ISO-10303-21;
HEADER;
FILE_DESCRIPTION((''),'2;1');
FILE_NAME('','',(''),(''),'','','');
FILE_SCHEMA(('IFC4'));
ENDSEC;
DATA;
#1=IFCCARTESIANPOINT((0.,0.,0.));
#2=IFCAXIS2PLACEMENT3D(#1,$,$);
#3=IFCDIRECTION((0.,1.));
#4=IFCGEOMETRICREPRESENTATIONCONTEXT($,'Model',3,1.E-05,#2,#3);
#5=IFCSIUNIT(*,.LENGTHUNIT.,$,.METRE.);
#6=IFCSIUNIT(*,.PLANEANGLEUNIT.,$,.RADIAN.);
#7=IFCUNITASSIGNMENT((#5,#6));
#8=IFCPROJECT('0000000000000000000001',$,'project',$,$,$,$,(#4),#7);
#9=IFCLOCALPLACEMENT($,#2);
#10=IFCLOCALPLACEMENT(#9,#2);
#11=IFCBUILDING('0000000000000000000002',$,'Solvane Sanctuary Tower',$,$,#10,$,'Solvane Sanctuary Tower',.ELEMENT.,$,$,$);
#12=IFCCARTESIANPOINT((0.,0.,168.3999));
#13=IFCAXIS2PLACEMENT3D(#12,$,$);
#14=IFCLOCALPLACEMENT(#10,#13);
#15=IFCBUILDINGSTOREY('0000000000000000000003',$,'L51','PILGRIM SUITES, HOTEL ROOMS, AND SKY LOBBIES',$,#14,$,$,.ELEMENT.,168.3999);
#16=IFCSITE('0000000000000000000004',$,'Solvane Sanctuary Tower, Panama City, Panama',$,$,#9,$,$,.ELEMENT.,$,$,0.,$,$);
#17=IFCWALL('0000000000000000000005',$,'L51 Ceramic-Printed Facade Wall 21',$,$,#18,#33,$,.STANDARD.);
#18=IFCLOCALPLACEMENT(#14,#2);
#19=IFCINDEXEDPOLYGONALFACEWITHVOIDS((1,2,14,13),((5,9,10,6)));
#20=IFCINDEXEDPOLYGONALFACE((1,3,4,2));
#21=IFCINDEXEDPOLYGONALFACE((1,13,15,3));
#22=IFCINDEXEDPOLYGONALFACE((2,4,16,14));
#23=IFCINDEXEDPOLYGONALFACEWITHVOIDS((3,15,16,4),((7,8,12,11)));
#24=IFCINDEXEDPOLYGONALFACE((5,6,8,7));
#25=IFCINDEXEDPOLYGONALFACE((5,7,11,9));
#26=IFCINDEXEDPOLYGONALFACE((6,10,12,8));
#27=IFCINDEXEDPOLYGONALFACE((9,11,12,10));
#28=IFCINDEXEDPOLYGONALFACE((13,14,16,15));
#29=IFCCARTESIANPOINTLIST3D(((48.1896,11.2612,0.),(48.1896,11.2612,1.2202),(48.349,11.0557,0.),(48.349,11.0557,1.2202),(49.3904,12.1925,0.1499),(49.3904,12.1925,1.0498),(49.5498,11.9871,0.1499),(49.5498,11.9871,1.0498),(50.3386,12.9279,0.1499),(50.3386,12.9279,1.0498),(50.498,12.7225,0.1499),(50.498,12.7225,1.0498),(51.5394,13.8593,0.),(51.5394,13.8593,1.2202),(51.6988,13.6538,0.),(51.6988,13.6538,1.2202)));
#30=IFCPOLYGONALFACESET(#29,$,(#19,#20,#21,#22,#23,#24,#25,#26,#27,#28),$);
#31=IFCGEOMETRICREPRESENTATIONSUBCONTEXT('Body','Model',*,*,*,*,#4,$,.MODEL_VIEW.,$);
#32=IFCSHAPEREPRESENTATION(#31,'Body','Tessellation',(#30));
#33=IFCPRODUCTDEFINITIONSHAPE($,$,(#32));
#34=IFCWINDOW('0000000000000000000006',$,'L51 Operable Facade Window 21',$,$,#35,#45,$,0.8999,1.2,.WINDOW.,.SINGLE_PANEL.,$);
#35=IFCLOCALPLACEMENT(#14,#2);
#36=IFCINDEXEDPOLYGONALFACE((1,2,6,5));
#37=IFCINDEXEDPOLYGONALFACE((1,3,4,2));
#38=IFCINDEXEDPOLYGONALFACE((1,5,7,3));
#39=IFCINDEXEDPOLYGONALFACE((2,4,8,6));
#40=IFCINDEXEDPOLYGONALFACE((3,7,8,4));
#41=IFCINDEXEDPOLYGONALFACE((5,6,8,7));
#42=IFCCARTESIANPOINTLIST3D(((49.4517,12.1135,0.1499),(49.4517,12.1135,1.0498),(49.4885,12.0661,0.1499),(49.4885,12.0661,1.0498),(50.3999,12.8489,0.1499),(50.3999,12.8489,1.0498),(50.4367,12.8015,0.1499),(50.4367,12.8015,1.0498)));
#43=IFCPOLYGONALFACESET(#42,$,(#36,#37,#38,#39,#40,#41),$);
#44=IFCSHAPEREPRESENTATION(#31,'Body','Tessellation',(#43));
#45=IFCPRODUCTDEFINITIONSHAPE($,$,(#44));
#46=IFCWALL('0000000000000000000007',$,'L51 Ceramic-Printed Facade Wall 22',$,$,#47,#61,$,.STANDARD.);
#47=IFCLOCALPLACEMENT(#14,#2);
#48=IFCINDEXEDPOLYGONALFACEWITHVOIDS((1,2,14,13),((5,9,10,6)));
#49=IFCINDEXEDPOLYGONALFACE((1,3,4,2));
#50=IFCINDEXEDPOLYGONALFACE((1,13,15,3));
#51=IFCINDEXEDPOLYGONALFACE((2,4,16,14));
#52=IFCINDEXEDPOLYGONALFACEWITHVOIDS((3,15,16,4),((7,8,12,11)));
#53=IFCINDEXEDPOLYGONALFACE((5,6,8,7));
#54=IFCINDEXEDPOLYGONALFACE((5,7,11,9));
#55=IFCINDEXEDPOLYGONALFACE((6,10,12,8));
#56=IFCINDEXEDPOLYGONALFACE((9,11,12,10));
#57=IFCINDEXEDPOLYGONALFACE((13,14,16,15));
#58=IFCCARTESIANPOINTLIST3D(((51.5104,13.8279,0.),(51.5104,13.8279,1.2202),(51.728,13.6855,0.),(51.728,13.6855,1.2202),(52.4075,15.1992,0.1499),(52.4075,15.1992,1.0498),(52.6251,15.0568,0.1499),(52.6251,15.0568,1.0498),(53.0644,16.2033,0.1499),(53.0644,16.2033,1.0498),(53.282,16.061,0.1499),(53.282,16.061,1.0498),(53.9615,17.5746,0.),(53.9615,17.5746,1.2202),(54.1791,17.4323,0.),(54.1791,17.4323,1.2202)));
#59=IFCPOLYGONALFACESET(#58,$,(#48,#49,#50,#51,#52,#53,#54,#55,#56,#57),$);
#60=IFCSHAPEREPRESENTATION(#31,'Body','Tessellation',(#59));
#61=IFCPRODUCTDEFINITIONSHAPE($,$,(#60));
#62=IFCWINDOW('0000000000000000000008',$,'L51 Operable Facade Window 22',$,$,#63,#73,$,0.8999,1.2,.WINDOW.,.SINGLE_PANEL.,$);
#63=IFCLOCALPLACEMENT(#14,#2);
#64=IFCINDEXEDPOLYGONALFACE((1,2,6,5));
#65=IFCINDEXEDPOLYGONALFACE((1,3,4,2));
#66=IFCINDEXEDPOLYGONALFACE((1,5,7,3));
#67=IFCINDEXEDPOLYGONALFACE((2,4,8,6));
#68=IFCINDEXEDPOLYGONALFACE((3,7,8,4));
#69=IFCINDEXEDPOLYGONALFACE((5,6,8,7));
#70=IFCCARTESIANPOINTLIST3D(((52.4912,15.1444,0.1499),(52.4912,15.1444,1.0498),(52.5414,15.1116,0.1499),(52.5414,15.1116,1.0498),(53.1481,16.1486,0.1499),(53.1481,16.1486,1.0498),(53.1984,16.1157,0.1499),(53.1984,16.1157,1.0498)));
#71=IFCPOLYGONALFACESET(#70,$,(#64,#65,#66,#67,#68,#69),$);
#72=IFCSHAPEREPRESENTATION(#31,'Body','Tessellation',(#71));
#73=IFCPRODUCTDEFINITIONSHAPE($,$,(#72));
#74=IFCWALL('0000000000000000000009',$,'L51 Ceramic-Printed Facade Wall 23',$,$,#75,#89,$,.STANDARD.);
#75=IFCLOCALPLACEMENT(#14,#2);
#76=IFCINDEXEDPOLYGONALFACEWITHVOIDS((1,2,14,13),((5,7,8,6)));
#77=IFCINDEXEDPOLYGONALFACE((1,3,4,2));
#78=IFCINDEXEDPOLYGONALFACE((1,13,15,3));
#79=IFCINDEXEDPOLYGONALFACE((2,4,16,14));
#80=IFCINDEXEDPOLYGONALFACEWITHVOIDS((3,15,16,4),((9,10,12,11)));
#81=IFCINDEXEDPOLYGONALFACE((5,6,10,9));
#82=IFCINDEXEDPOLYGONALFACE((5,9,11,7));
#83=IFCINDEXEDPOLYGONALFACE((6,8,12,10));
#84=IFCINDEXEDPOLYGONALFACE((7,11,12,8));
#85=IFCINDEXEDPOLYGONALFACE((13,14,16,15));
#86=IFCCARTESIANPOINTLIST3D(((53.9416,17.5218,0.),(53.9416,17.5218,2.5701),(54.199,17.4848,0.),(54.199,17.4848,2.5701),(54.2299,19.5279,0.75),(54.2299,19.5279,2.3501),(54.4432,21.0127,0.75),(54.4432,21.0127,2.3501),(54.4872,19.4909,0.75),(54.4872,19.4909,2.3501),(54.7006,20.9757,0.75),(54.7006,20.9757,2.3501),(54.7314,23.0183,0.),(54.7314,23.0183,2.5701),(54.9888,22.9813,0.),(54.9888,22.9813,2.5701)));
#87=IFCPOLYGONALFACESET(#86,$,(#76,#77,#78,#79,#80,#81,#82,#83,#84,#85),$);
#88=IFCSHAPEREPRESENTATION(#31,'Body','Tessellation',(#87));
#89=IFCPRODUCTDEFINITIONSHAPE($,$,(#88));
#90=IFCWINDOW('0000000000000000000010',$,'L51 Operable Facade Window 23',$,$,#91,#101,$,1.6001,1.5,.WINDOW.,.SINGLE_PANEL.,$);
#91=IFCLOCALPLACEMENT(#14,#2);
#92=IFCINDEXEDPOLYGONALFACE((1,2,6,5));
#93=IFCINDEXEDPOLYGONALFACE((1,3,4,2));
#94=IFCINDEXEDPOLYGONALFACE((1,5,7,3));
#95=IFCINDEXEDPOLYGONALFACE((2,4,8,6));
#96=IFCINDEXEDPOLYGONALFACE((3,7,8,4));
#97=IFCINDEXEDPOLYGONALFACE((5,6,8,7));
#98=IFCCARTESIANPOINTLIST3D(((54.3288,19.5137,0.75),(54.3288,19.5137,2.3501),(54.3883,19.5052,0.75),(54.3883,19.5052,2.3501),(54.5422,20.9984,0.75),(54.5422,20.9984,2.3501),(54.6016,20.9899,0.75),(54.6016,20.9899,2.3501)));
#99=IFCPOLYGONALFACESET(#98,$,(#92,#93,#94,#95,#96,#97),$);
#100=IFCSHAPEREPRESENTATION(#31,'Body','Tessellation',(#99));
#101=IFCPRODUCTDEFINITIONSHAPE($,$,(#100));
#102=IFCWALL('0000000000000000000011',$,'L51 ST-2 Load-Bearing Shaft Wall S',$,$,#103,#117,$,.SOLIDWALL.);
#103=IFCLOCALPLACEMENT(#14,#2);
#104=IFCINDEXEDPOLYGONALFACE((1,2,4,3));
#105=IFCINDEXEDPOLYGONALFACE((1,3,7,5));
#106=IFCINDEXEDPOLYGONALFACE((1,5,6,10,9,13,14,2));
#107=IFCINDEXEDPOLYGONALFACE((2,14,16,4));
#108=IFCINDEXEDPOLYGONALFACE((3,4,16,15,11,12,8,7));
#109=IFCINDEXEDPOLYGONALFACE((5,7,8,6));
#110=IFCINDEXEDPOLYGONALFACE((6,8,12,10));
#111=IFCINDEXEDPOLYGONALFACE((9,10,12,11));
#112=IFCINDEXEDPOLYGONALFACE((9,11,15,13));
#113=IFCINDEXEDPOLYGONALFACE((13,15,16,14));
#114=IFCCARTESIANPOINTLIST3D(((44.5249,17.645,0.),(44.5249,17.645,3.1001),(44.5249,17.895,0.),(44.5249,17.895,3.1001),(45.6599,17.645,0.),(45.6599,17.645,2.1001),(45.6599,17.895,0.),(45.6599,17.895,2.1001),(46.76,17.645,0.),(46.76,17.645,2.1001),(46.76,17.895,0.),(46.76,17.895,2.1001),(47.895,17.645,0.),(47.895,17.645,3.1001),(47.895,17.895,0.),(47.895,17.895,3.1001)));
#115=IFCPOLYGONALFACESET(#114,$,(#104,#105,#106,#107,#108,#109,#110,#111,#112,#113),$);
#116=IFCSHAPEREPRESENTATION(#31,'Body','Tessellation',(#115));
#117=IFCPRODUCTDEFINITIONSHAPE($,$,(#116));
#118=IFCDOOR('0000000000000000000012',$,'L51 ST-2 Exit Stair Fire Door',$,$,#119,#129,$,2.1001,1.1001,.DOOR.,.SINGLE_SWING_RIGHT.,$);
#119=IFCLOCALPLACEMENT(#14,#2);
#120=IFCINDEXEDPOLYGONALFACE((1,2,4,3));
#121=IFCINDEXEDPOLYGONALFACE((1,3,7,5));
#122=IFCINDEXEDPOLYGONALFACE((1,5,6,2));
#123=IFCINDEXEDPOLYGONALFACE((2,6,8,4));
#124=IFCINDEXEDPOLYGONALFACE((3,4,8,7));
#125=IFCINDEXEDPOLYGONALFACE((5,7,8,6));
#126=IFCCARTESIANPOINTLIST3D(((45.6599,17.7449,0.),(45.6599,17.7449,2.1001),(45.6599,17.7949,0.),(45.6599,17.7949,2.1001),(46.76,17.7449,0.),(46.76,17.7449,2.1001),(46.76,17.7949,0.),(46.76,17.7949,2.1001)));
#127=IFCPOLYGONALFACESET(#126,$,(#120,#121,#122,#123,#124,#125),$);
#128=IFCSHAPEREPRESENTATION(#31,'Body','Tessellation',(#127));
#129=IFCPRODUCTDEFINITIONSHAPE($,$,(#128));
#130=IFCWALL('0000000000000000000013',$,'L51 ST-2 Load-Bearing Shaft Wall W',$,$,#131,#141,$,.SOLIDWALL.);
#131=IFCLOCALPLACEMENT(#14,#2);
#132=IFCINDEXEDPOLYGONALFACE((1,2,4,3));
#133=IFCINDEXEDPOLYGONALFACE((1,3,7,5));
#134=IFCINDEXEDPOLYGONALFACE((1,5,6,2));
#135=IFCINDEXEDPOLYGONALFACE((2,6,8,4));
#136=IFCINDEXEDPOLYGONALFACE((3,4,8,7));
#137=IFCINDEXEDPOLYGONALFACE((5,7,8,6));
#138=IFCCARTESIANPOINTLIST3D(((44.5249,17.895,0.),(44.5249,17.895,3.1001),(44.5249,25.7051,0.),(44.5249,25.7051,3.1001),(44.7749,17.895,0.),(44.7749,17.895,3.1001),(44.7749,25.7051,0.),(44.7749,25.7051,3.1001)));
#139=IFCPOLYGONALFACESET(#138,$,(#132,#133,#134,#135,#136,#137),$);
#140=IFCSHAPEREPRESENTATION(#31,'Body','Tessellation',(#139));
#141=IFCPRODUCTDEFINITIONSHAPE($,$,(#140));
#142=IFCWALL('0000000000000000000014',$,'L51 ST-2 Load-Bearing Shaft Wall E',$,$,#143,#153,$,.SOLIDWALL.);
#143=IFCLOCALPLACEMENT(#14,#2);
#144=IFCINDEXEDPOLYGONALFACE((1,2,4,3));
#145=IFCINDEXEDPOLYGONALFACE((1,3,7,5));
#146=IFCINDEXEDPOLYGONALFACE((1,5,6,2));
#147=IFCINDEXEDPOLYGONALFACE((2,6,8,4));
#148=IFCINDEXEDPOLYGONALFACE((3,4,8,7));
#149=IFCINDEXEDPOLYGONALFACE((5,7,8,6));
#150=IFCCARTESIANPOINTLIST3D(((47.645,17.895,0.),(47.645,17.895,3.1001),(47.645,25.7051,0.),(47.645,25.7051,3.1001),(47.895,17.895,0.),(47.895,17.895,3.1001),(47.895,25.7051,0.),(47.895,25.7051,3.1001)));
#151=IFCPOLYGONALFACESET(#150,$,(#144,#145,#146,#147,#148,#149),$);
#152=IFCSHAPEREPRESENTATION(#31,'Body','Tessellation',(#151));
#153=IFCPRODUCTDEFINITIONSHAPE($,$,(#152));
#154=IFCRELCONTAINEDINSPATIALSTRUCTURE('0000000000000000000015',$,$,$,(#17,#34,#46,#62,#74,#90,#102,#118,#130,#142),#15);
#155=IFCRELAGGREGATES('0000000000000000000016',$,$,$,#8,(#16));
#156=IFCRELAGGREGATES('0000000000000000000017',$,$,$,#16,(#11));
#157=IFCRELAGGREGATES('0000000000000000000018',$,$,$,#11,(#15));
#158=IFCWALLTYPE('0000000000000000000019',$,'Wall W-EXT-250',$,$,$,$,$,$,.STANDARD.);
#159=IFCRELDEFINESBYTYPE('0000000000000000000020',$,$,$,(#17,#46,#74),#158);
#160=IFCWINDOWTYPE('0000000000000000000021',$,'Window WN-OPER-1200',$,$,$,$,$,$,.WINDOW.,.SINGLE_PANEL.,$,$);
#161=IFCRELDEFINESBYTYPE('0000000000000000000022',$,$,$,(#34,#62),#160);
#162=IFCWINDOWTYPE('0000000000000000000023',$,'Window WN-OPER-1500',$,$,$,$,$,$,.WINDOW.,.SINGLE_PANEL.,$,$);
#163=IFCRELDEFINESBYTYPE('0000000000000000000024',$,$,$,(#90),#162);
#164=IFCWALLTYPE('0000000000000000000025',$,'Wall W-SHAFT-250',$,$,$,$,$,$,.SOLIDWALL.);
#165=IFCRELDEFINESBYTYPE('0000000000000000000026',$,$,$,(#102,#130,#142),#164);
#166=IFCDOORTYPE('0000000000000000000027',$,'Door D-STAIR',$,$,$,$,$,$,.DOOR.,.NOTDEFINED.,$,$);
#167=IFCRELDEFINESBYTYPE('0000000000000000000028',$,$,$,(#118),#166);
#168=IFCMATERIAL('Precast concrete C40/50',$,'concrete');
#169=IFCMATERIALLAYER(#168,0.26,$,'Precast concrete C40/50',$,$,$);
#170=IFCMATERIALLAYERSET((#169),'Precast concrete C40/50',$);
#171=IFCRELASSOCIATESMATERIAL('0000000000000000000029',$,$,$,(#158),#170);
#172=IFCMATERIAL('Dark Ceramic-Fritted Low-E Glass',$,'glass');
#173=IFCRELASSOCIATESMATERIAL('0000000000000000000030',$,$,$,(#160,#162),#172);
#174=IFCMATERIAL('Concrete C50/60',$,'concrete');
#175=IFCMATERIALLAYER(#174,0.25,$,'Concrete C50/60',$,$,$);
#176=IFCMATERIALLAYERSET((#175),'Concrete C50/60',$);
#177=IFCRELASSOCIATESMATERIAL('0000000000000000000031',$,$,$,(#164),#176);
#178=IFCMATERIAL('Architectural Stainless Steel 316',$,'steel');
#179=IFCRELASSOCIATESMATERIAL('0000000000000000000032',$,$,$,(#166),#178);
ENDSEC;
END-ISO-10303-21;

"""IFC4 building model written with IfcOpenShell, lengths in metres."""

from ifc_helpers import new_model, si_unit, direction, frame, frame_2d, origin, place, context, subcontext, project, spatial, rectangle, extrude, material, layer, layer_set, type_object, element, fill, save


model = new_model("IFC4")

# Units and contexts
model_context = context("Model", 3, precision=1e-05, world=origin(), true_north=direction((0.0, 1.0)))
body_context = subcontext(model_context, "Body", "Model", "MODEL_VIEW")
ifc_project = project(units=[si_unit("LENGTHUNIT", "METRE"), si_unit("PLANEANGLEUNIT", "RADIAN")], contexts=[model_context])

# Site, building, storey
site_placement = place(None, origin())
site = spatial("IfcSite", under=ifc_project, at=site_placement, Name="Solvane Sanctuary Tower, Panama City, Panama", CompositionType="ELEMENT", RefElevation=0.0)
building_placement = place(site_placement, origin())
building = spatial("IfcBuilding", under=site, at=building_placement, Name="Solvane Sanctuary Tower", LongName="Solvane Sanctuary Tower", CompositionType="ELEMENT")
storey_placement = place(building_placement, frame((0.0, 0.0, 168.3999)))
storey = spatial("IfcBuildingStorey", under=building, at=storey_placement, Name="L51", Description="PILGRIM SUITES, HOTEL ROOMS, AND SKY LOBBIES", CompositionType="ELEMENT", Elevation=168.3999)

# Walls, openings, windows
ifc_material_1 = material(Name="Precast concrete C40/50", Category="concrete")
ifc_layer_1 = layer(ifc_material_1, 0.26, Name="Precast concrete C40/50")
ifc_layer_set_1 = layer_set([ifc_layer_1], Name="Precast concrete C40/50")
wall_type_1 = type_object("IfcWallType", Name="Wall W-EXT-250", PredefinedType="STANDARD", material=ifc_layer_set_1)
wall_1_placement = place(storey_placement, frame((48.2693, 11.1584, 0.0), z_axis=(0.0, 0.0, 1.0), x_axis=(0.790186, 0.612868, 0.0)))
wall_1 = element("IfcWall", 1, at=wall_1_placement, inside=storey, type_object=wall_type_1, Name="L51 Ceramic-Printed Facade Wall 21", PredefinedType="STANDARD", context=body_context, shape_type="SweptSolid", body=[
    extrude(rectangle(XDim=4.2393, YDim=0.26, at=frame_2d((2.1196, 0.0))), origin(), (0.0, 0.0, 1.0), 1.2202),
])
opening_1_placement = place(wall_1_placement, frame((1.5195, 0.0, 0.1499)))
opening_1 = element("IfcOpeningElement", 2, at=opening_1_placement, cuts=wall_1, PredefinedType="OPENING", context=body_context, shape_type="SweptSolid", body=[
    extrude(rectangle(XDim=1.2, YDim=0.8999, at=frame_2d((0.6001, 0.45))), frame((0.0, 0.1399, 0.0), z_axis=(0.0, -1.0, 0.0), x_axis=(1.0, 0.0, 0.0)), (0.0, 0.0, 1.0), 0.28),
])
ifc_material_2 = material(Name="Dark Ceramic-Fritted Low-E Glass", Category="glass")
window_type_1 = type_object("IfcWindowType", Name="Window WN-OPER-1200", PartitioningType="SINGLE_PANEL", PredefinedType="WINDOW", material=ifc_material_2)
window_1_placement = place(opening_1_placement, origin())
window_1 = element("IfcWindow", 3, at=window_1_placement, inside=storey, type_object=window_type_1, Name="L51 Operable Facade Window 21", OverallHeight=0.8999, OverallWidth=1.2, PartitioningType="SINGLE_PANEL", PredefinedType="WINDOW", context=body_context, shape_type="SweptSolid", body=[
    extrude(rectangle(XDim=1.2, YDim=0.8999, at=frame_2d((0.6001, 0.45))), frame((0.0, 0.03, 0.0), z_axis=(0.0, -1.0, 0.0), x_axis=(1.0, 0.0, 0.0)), (0.0, 0.0, 1.0), 0.0601),
])
fill(opening_1, window_1)
wall_2_placement = place(storey_placement, frame((51.6191, 13.7566, 0.0), z_axis=(0.0, 0.0, 1.0), x_axis=(0.547456, 0.836834, 0.0)))
wall_2 = element("IfcWall", 4, at=wall_2_placement, inside=storey, type_object=wall_type_1, Name="L51 Ceramic-Printed Facade Wall 22", PredefinedType="STANDARD", context=body_context, shape_type="SweptSolid", body=[
    extrude(rectangle(XDim=4.4773, YDim=0.26, at=frame_2d((2.2388, 0.0))), origin(), (0.0, 0.0, 1.0), 1.2202),
])
opening_2_placement = place(wall_2_placement, frame((1.6387, 0.0, 0.1499)))
opening_2 = element("IfcOpeningElement", 5, at=opening_2_placement, cuts=wall_2, PredefinedType="OPENING", context=body_context, shape_type="SweptSolid", body=[
    extrude(rectangle(XDim=1.2, YDim=0.8999, at=frame_2d((0.6001, 0.45))), frame((0.0, 0.1399, 0.0), z_axis=(0.0, -1.0, 0.0), x_axis=(1.0, 0.0, 0.0)), (0.0, 0.0, 1.0), 0.28),
])
window_2_placement = place(opening_2_placement, origin())
window_2 = element("IfcWindow", 6, at=window_2_placement, inside=storey, type_object=window_type_1, Name="L51 Operable Facade Window 22", OverallHeight=0.8999, OverallWidth=1.2, PartitioningType="SINGLE_PANEL", PredefinedType="WINDOW", context=body_context, shape_type="SweptSolid", body=[
    extrude(rectangle(XDim=1.2, YDim=0.8999, at=frame_2d((0.6001, 0.45))), frame((0.0, 0.03, 0.0), z_axis=(0.0, -1.0, 0.0), x_axis=(1.0, 0.0, 0.0)), (0.0, 0.0, 1.0), 0.0601),
])
fill(opening_2, window_2)
wall_3_placement = place(storey_placement, frame((54.0703, 17.5034, 0.0), z_axis=(0.0, 0.0, 1.0), x_axis=(0.142228, 0.989834, 0.0)))
wall_3 = element("IfcWall", 7, at=wall_3_placement, inside=storey, type_object=wall_type_1, Name="L51 Ceramic-Printed Facade Wall 23", PredefinedType="STANDARD", context=body_context, shape_type="SweptSolid", body=[
    extrude(rectangle(XDim=5.553, YDim=0.26, at=frame_2d((2.7764, 0.0))), origin(), (0.0, 0.0, 1.0), 2.5701),
])
opening_3_placement = place(wall_3_placement, frame((2.0266, 0.0, 0.75)))
opening_3 = element("IfcOpeningElement", 8, at=opening_3_placement, cuts=wall_3, PredefinedType="OPENING", context=body_context, shape_type="SweptSolid", body=[
    extrude(rectangle(XDim=1.5, YDim=1.6001, at=frame_2d((0.75, 0.8))), frame((0.0, 0.1399, 0.0), z_axis=(0.0, -1.0, 0.0), x_axis=(1.0, 0.0, 0.0)), (0.0, 0.0, 1.0), 0.28),
])
window_type_2 = type_object("IfcWindowType", Name="Window WN-OPER-1500", PartitioningType="SINGLE_PANEL", PredefinedType="WINDOW", material=ifc_material_2)
window_3_placement = place(opening_3_placement, origin())
window_3 = element("IfcWindow", 9, at=window_3_placement, inside=storey, type_object=window_type_2, Name="L51 Operable Facade Window 23", OverallHeight=1.6001, OverallWidth=1.5, PartitioningType="SINGLE_PANEL", PredefinedType="WINDOW", context=body_context, shape_type="SweptSolid", body=[
    extrude(rectangle(XDim=1.5, YDim=1.6001, at=frame_2d((0.75, 0.8))), frame((0.0, 0.03, 0.0), z_axis=(0.0, -1.0, 0.0), x_axis=(1.0, 0.0, 0.0)), (0.0, 0.0, 1.0), 0.0601),
])
fill(opening_3, window_3)

# Wall, opening, door
ifc_material_3 = material(Name="Concrete C50/60", Category="concrete")
ifc_layer_2 = layer(ifc_material_3, 0.25, Name="Concrete C50/60")
ifc_layer_set_2 = layer_set([ifc_layer_2], Name="Concrete C50/60")
wall_type_2 = type_object("IfcWallType", Name="Wall W-SHAFT-250", PredefinedType="SOLIDWALL", material=ifc_layer_set_2)
wall_4_placement = place(storey_placement, frame((44.5249, 17.77, 0.0), z_axis=(0.0, 0.0, 1.0), x_axis=(1.0, 0.0, 0.0)))
wall_4 = element("IfcWall", 10, at=wall_4_placement, inside=storey, type_object=wall_type_2, Name="L51 ST-2 Load-Bearing Shaft Wall S", PredefinedType="SOLIDWALL", context=body_context, shape_type="SweptSolid", body=[
    extrude(rectangle(XDim=3.3701, YDim=0.25, at=frame_2d((1.6851, 0.0))), origin(), (0.0, 0.0, 1.0), 3.1001),
])
opening_4_placement = place(wall_4_placement, frame((1.135, 0.0, 0.0)))
opening_4 = element("IfcOpeningElement", 11, at=opening_4_placement, cuts=wall_4, PredefinedType="OPENING", context=body_context, shape_type="SweptSolid", body=[
    extrude(rectangle(XDim=1.1001, YDim=2.1001, at=frame_2d((0.55, 1.05))), frame((0.0, 0.135, 0.0), z_axis=(0.0, -1.0, 0.0), x_axis=(1.0, 0.0, 0.0)), (0.0, 0.0, 1.0), 0.27),
])
ifc_material_4 = material(Name="Architectural Stainless Steel 316", Category="steel")
door_type_1 = type_object("IfcDoorType", Name="Door D-STAIR", OperationType="NOTDEFINED", PredefinedType="DOOR", material=ifc_material_4)
door_1_placement = place(opening_4_placement, origin())
door_1 = element("IfcDoor", 12, at=door_1_placement, inside=storey, type_object=door_type_1, Name="L51 ST-2 Exit Stair Fire Door", OperationType="SINGLE_SWING_RIGHT", OverallHeight=2.1001, OverallWidth=1.1001, PredefinedType="DOOR", context=body_context, shape_type="SweptSolid", body=[
    extrude(rectangle(XDim=1.1001, YDim=2.1001, at=frame_2d((0.55, 1.05))), frame((0.0, 0.0249, 0.0), z_axis=(0.0, -1.0, 0.0), x_axis=(1.0, 0.0, 0.0)), (0.0, 0.0, 1.0), 0.05),
])
fill(opening_4, door_1)

# Walls
for number, where, z_axis, x_axis, name in (
    (13, (44.6499, 17.895, 0.0), (0.0, 0.0, 1.0), (0.0, 1.0, 0.0), "L51 ST-2 Load-Bearing Shaft Wall W"),
    (14, (47.77, 17.895, 0.0), (0.0, 0.0, 1.0), (0.0, 1.0, 0.0), "L51 ST-2 Load-Bearing Shaft Wall E"),
):
    element("IfcWall", number, at=place(storey_placement, frame(where, z_axis=z_axis, x_axis=x_axis)), inside=storey, type_object=wall_type_2, Name=name, PredefinedType="SOLIDWALL", context=body_context, shape_type="SweptSolid", body=[
        extrude(rectangle(XDim=7.8101, YDim=0.25, at=frame_2d((3.905, 0.0))), origin(), (0.0, 0.0, 1.0), 3.1001),
    ])

save(model, "model.ifc")
